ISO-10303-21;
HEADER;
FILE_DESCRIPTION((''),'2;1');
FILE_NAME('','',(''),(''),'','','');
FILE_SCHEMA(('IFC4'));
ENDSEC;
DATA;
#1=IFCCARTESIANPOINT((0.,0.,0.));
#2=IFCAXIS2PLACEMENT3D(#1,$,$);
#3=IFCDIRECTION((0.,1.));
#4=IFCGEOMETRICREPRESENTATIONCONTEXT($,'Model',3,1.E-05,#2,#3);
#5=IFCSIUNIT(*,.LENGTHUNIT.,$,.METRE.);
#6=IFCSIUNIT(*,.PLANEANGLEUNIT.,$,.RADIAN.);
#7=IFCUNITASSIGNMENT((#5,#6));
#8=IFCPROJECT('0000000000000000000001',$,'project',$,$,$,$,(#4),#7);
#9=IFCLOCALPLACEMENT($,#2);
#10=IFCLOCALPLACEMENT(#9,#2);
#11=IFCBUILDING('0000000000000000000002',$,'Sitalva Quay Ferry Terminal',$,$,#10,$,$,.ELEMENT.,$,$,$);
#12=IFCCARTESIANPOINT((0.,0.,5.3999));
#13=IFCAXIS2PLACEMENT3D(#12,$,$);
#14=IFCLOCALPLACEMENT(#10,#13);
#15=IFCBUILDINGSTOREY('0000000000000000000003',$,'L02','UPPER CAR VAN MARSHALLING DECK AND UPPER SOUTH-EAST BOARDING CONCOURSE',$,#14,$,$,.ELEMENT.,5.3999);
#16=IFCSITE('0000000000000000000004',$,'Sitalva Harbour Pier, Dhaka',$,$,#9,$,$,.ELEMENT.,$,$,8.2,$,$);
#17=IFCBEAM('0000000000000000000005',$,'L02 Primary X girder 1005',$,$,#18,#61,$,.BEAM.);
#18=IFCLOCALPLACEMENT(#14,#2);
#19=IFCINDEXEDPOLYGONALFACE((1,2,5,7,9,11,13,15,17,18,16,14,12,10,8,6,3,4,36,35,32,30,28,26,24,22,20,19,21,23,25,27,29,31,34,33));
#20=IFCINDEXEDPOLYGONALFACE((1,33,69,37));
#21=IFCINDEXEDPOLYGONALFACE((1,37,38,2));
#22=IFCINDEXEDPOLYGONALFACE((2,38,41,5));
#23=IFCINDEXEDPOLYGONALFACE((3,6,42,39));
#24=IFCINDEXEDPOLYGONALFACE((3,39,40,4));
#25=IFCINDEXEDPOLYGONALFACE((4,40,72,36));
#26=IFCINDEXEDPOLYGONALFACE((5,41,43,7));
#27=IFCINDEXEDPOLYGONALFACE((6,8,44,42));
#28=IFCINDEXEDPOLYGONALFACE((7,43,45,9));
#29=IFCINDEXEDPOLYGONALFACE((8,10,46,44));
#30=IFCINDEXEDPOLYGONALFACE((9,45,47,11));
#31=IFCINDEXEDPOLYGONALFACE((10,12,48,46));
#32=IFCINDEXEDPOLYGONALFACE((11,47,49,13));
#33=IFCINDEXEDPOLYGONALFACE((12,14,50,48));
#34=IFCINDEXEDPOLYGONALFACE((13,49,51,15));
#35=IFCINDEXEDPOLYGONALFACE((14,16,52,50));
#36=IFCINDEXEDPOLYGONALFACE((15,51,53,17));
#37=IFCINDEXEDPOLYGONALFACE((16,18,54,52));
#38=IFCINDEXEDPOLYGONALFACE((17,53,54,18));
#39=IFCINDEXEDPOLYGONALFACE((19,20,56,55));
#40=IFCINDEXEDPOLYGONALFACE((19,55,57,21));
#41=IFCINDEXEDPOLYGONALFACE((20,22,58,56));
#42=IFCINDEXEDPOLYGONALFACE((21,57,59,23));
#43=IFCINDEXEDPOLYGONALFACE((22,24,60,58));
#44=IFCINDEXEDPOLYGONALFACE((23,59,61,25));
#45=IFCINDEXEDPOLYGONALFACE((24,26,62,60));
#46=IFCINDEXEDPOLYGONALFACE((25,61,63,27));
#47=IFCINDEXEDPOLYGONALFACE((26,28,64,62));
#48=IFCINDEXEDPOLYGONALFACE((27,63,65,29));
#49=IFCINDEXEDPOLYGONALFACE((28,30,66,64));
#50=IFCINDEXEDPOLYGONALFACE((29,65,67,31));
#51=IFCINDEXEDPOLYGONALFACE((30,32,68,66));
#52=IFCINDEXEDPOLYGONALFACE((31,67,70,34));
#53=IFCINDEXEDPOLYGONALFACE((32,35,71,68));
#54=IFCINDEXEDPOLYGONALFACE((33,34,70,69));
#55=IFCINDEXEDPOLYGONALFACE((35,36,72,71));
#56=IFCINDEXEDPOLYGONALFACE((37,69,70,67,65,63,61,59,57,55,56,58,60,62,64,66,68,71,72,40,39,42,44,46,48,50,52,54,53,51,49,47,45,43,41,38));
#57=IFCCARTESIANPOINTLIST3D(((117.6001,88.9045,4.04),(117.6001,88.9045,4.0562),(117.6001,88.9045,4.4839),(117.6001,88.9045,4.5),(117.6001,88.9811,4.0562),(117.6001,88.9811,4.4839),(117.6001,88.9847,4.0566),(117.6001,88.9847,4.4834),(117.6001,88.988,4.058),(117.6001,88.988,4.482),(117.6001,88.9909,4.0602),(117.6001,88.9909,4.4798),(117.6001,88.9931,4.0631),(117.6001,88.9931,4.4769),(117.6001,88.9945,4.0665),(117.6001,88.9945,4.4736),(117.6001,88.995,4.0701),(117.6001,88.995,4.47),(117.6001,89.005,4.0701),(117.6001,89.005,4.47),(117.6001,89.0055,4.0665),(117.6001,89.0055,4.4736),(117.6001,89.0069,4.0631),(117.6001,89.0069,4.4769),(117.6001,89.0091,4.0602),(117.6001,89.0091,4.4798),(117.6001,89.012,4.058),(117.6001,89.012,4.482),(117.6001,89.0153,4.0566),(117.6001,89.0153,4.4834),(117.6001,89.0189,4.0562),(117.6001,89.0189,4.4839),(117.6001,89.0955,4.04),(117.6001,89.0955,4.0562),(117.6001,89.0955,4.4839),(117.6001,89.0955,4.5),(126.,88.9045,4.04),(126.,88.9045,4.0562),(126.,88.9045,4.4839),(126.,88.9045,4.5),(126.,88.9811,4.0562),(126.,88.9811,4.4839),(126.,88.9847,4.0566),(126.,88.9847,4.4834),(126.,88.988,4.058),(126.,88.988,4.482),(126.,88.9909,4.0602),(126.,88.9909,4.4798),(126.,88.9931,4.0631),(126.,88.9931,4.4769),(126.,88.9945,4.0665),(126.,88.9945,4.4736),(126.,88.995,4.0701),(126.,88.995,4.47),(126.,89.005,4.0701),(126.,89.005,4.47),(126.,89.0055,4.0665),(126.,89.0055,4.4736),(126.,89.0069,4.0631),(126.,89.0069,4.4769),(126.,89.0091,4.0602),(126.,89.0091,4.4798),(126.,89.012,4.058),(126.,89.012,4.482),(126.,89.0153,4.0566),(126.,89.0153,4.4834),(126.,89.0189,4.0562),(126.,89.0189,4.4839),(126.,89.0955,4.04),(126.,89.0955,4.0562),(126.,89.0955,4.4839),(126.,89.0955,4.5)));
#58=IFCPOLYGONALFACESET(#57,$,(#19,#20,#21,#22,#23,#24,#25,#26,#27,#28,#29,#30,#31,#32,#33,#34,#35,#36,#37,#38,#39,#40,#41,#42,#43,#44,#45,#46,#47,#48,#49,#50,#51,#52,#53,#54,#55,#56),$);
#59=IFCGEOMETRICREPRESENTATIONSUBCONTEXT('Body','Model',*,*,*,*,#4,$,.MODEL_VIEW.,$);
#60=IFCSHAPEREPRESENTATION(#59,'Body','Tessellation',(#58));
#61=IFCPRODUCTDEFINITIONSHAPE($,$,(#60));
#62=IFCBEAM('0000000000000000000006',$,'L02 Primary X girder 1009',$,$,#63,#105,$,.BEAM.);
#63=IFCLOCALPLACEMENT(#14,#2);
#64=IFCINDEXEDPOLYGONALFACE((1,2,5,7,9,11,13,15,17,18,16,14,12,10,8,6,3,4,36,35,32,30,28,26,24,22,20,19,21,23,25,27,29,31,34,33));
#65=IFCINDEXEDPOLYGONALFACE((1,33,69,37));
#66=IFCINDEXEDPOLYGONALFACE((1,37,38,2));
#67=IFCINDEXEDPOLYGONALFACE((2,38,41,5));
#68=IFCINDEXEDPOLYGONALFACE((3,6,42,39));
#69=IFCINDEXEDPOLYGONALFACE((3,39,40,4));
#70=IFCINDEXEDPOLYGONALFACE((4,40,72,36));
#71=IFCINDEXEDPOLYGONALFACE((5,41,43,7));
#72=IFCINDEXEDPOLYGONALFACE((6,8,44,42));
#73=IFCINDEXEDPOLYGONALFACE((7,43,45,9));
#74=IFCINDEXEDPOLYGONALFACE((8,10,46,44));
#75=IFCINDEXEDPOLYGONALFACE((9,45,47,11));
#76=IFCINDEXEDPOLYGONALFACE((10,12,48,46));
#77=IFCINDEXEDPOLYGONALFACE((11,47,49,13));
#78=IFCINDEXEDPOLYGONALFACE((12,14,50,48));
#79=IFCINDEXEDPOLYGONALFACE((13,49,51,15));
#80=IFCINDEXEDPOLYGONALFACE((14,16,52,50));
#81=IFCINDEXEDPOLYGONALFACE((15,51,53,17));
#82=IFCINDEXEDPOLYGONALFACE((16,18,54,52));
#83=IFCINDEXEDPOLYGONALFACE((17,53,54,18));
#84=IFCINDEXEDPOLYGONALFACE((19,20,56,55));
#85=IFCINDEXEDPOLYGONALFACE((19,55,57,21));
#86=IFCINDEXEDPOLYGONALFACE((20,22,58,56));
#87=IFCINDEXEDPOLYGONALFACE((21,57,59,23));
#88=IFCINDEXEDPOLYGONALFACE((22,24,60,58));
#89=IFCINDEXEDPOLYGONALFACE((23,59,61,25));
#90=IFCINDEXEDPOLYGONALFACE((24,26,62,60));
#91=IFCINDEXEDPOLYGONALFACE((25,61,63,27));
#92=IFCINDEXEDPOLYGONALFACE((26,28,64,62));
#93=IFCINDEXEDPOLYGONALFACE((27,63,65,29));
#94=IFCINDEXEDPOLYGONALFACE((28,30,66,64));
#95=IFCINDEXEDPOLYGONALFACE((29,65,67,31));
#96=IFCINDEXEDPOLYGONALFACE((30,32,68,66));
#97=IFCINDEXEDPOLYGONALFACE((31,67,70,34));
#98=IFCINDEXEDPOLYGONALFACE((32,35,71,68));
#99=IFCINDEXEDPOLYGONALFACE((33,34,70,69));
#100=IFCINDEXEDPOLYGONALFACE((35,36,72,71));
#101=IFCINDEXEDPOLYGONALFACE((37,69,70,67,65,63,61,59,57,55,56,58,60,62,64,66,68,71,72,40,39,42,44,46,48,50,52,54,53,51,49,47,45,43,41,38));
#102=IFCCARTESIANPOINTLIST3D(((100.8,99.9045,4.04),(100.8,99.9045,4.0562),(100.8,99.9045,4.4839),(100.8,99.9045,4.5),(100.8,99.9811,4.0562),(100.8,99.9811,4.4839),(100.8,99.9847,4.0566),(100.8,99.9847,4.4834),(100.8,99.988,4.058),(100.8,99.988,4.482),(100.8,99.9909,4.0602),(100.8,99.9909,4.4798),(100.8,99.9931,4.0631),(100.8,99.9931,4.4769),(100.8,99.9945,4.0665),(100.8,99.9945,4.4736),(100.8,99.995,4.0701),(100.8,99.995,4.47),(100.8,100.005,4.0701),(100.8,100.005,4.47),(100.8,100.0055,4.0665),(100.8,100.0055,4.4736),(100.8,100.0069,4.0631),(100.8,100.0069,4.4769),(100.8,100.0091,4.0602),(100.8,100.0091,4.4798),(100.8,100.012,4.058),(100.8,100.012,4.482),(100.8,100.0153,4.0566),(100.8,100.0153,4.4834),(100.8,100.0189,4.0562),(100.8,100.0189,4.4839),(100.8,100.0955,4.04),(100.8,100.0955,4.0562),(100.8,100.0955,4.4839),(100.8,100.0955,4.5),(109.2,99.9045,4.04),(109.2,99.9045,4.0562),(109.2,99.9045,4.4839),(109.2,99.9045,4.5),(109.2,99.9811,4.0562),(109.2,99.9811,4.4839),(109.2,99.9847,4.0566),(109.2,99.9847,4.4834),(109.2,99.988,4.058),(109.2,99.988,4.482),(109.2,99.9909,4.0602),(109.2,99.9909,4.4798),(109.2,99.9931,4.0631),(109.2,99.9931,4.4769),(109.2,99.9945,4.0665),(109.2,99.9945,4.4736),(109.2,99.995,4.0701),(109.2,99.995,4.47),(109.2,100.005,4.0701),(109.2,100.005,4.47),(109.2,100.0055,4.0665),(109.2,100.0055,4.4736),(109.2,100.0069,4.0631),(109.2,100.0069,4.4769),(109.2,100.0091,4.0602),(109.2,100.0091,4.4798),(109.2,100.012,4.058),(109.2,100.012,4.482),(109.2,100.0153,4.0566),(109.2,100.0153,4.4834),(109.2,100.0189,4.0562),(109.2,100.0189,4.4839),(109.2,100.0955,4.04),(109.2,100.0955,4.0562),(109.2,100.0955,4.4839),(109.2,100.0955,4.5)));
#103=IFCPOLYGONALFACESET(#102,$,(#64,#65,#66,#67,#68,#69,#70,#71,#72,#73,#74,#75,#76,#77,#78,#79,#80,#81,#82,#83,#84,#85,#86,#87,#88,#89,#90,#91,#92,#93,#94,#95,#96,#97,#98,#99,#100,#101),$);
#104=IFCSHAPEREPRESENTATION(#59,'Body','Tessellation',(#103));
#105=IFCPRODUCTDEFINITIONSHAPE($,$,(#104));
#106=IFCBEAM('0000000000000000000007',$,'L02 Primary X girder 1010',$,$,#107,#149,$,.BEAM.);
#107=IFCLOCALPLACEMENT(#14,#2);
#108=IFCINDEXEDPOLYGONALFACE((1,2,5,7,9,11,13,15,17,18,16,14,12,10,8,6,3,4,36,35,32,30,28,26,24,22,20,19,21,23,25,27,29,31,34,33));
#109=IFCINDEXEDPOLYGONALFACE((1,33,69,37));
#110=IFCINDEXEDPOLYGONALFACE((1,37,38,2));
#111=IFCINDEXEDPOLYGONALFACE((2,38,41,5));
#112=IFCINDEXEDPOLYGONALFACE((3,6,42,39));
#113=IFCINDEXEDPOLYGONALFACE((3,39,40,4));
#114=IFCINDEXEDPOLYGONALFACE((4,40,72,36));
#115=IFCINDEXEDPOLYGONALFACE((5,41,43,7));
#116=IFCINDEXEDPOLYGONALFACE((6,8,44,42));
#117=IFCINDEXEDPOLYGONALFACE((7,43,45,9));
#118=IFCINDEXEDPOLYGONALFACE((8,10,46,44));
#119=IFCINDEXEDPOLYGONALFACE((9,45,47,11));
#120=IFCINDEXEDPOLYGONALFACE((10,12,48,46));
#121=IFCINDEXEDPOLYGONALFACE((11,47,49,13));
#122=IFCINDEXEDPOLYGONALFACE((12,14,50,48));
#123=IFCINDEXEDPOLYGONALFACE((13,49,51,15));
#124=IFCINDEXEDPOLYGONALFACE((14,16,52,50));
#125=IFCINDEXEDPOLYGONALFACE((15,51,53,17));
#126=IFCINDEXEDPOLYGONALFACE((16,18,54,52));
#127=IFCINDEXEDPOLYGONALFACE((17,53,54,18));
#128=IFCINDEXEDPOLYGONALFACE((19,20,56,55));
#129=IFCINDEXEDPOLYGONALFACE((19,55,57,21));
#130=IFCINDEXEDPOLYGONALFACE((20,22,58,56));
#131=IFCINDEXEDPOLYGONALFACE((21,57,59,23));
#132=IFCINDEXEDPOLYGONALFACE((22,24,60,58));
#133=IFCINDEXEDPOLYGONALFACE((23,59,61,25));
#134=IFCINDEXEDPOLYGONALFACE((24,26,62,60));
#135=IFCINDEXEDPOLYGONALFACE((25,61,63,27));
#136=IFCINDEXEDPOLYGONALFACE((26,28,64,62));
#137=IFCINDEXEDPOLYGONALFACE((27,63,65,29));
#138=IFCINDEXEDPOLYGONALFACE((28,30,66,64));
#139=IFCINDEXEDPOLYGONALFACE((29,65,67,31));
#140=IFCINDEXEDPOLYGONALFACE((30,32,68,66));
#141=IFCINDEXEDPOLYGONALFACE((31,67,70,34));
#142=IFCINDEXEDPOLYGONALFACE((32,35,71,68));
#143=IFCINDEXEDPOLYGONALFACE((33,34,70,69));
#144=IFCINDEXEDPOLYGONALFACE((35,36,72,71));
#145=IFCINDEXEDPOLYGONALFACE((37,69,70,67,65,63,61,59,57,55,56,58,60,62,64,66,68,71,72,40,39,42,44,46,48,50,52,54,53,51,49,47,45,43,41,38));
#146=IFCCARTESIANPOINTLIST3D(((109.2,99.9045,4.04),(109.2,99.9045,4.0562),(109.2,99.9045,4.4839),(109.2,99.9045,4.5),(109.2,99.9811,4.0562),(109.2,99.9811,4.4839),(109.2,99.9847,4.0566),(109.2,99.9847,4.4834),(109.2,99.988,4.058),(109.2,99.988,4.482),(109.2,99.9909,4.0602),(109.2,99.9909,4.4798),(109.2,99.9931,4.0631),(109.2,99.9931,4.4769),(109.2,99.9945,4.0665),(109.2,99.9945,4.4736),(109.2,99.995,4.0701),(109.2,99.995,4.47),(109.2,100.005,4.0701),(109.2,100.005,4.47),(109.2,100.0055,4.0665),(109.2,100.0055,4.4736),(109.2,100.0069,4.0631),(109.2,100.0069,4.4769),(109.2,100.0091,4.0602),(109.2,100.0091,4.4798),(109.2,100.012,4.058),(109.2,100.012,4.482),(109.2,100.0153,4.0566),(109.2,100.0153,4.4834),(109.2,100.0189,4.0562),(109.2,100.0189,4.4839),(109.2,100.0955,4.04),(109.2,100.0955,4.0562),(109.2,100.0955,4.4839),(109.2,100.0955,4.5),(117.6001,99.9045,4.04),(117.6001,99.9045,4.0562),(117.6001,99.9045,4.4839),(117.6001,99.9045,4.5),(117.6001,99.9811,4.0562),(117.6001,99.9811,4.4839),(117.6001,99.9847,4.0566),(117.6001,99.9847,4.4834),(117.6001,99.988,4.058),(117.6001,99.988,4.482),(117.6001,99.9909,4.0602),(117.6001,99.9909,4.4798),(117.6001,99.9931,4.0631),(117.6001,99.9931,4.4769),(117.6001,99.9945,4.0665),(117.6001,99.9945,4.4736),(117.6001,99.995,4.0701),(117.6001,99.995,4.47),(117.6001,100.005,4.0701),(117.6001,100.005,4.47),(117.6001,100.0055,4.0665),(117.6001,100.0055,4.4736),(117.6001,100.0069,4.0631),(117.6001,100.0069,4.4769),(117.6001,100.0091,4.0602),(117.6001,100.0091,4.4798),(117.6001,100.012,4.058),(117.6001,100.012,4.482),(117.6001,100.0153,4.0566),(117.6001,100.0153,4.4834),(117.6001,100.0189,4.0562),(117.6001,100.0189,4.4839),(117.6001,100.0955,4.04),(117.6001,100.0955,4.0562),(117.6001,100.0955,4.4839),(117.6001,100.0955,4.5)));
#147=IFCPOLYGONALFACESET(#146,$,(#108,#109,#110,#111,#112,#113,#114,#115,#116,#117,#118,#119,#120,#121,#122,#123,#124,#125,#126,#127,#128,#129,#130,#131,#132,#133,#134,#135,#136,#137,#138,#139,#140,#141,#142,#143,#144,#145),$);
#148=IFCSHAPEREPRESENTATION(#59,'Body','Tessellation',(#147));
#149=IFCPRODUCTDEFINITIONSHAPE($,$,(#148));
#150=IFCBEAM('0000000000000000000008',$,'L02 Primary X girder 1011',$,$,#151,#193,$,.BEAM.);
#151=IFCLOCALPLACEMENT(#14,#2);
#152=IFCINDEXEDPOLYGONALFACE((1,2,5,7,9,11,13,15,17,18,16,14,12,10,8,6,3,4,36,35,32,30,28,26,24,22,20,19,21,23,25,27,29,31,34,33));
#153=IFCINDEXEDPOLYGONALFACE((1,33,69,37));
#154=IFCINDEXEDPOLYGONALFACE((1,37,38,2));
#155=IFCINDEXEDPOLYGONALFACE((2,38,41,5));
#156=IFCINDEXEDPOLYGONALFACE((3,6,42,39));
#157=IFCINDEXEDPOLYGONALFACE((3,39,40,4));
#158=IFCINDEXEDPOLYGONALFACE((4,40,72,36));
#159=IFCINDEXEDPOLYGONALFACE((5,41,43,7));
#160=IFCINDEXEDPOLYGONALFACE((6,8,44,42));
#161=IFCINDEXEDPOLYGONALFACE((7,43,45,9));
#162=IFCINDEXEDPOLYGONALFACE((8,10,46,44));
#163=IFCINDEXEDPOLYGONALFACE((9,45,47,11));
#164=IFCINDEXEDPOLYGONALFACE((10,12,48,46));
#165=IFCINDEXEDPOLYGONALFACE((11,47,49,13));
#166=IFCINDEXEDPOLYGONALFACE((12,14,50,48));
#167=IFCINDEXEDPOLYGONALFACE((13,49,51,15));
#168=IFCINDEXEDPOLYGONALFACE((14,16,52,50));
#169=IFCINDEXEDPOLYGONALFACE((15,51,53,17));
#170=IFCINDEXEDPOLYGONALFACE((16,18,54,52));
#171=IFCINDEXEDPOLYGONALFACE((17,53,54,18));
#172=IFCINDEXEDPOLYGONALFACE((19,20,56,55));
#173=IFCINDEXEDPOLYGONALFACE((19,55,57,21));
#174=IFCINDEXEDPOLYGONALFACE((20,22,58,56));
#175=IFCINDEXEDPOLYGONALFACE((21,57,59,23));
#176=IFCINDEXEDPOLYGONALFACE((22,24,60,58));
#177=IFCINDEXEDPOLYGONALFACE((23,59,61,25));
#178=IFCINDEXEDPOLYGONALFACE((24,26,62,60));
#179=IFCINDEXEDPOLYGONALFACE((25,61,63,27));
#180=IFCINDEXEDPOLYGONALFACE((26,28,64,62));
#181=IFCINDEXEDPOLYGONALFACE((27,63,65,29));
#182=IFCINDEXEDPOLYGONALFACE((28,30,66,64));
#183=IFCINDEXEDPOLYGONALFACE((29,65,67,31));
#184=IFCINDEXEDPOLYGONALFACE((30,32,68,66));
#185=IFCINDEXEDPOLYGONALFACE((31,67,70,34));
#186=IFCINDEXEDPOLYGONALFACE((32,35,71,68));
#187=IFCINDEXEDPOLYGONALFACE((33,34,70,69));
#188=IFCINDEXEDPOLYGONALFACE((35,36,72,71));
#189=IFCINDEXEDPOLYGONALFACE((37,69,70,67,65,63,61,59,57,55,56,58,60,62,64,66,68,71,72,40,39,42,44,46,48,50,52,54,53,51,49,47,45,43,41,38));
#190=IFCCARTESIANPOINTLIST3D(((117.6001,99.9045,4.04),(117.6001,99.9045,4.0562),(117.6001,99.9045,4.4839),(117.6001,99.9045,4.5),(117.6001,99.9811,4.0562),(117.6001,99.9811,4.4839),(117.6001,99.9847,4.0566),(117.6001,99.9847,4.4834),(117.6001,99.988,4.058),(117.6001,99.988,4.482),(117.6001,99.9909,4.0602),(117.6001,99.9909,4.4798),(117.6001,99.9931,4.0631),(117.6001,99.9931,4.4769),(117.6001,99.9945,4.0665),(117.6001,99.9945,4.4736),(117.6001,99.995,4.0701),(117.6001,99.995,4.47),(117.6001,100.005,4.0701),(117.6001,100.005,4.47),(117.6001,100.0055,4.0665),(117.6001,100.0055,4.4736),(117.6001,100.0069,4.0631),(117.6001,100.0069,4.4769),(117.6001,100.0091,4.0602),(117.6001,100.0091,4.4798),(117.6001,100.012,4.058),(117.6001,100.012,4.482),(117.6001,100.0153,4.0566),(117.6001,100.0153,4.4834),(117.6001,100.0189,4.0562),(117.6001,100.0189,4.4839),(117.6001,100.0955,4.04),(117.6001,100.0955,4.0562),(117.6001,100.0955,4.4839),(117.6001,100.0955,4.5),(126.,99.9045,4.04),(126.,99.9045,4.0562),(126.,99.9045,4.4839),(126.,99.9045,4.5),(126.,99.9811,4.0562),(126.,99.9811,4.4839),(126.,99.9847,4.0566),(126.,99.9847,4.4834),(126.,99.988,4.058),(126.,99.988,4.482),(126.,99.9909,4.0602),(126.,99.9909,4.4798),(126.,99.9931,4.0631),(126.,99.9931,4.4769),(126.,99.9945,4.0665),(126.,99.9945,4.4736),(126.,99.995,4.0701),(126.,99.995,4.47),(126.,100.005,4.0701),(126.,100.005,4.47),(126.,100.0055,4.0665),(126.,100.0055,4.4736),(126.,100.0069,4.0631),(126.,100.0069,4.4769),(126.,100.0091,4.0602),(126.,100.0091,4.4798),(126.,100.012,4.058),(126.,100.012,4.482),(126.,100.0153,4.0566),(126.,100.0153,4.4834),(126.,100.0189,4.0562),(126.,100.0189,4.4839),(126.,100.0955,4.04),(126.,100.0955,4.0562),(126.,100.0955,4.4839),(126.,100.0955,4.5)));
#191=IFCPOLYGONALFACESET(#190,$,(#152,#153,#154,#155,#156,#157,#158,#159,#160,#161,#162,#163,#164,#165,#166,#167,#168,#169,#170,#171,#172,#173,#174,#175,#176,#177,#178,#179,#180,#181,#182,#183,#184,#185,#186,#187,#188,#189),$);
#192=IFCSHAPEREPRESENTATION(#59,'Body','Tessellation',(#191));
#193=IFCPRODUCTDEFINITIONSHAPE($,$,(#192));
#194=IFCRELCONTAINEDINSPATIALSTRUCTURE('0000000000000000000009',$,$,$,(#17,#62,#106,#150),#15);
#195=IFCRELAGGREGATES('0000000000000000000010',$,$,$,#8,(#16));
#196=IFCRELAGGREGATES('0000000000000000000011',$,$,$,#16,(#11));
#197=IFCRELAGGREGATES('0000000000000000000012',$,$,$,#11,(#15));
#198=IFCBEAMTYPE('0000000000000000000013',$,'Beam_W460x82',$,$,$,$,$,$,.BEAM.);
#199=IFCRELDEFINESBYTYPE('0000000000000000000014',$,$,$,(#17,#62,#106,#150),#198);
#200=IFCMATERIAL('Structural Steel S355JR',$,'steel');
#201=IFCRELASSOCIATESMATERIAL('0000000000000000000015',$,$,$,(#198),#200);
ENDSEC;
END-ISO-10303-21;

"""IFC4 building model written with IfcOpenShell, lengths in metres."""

from ifc_helpers import new_model, si_unit, direction, frame, origin, origin_2d, place, context, subcontext, project, spatial, i_section, extrude, material, material_profile, profile_set, type_object, element, save


model = new_model("IFC4")

# Units and contexts
model_context = context("Model", 3, precision=1e-05, world=origin(), true_north=direction((0.0, 1.0)))
body_context = subcontext(model_context, "Body", "Model", "MODEL_VIEW")
ifc_project = project(units=[si_unit("LENGTHUNIT", "METRE"), si_unit("PLANEANGLEUNIT", "RADIAN")], contexts=[model_context])

# Site, building, storey
site_placement = place(None, origin())
site = spatial("IfcSite", under=ifc_project, at=site_placement, Name="Sitalva Harbour Pier, Dhaka", CompositionType="ELEMENT", RefElevation=8.2)
building_placement = place(site_placement, origin())
building = spatial("IfcBuilding", under=site, at=building_placement, Name="Sitalva Quay Ferry Terminal", CompositionType="ELEMENT")
storey_placement = place(building_placement, frame((0.0, 0.0, 5.3999)))
storey = spatial("IfcBuildingStorey", under=building, at=storey_placement, Name="L02", Description="UPPER CAR VAN MARSHALLING DECK AND UPPER SOUTH-EAST BOARDING CONCOURSE", CompositionType="ELEMENT", Elevation=5.3999)

# Beams
ifc_material_1 = material(Name="Structural Steel S355JR", Category="steel")
ifc_material_profile_1 = material_profile(ifc_material_1, i_section(OverallWidth=0.1909, OverallDepth=0.46, WebThickness=0.01, FlangeThickness=0.0161, FilletRadius=0.0139, at=origin_2d()), Name="W460x82")
ifc_profile_set_1 = profile_set([ifc_material_profile_1], Name="Structural Steel S355JR")
beam_type_1 = type_object("IfcBeamType", Name="Beam_W460x82", PredefinedType="BEAM", material=ifc_profile_set_1)
for number, where, z_axis, x_axis, name in (
    (1, (117.6001, 89.0, 4.27), (1.0, 0.0, 0.0), (0.0, 1.0, 0.0), "L02 Primary X girder 1005"),
    (2, (100.8, 100.0, 4.27), (1.0, 0.0, 0.0), (0.0, 1.0, 0.0), "L02 Primary X girder 1009"),
):
    element("IfcBeam", number, at=place(storey_placement, frame(where, z_axis=z_axis, x_axis=x_axis)), inside=storey, type_object=beam_type_1, Name=name, PredefinedType="BEAM", context=body_context, shape_type="SweptSolid", body=[
        extrude(i_section(OverallWidth=0.1909, OverallDepth=0.46, WebThickness=0.01, FlangeThickness=0.0161, FilletRadius=0.0139, at=origin_2d()), origin(), (0.0, 0.0, 1.0), 8.3999),
    ])
beam_1_placement = place(storey_placement, frame((109.2, 100.0, 4.27), z_axis=(1.0, 0.0, 0.0), x_axis=(0.0, 1.0, 0.0)))
element("IfcBeam", 3, at=beam_1_placement, inside=storey, type_object=beam_type_1, Name="L02 Primary X girder 1010", PredefinedType="BEAM", context=body_context, shape_type="SweptSolid", body=[
    extrude(i_section(OverallWidth=0.1909, OverallDepth=0.46, WebThickness=0.01, FlangeThickness=0.0161, FilletRadius=0.0139, at=origin_2d()), origin(), (0.0, 0.0, 1.0), 8.4001),
])
beam_2_placement = place(storey_placement, frame((117.6001, 100.0, 4.27), z_axis=(1.0, 0.0, 0.0), x_axis=(0.0, 1.0, 0.0)))
element("IfcBeam", 4, at=beam_2_placement, inside=storey, type_object=beam_type_1, Name="L02 Primary X girder 1011", PredefinedType="BEAM", context=body_context, shape_type="SweptSolid", body=[
    extrude(i_section(OverallWidth=0.1909, OverallDepth=0.46, WebThickness=0.01, FlangeThickness=0.0161, FilletRadius=0.0139, at=origin_2d()), origin(), (0.0, 0.0, 1.0), 8.3999),
])

save(model, "model.ifc")
